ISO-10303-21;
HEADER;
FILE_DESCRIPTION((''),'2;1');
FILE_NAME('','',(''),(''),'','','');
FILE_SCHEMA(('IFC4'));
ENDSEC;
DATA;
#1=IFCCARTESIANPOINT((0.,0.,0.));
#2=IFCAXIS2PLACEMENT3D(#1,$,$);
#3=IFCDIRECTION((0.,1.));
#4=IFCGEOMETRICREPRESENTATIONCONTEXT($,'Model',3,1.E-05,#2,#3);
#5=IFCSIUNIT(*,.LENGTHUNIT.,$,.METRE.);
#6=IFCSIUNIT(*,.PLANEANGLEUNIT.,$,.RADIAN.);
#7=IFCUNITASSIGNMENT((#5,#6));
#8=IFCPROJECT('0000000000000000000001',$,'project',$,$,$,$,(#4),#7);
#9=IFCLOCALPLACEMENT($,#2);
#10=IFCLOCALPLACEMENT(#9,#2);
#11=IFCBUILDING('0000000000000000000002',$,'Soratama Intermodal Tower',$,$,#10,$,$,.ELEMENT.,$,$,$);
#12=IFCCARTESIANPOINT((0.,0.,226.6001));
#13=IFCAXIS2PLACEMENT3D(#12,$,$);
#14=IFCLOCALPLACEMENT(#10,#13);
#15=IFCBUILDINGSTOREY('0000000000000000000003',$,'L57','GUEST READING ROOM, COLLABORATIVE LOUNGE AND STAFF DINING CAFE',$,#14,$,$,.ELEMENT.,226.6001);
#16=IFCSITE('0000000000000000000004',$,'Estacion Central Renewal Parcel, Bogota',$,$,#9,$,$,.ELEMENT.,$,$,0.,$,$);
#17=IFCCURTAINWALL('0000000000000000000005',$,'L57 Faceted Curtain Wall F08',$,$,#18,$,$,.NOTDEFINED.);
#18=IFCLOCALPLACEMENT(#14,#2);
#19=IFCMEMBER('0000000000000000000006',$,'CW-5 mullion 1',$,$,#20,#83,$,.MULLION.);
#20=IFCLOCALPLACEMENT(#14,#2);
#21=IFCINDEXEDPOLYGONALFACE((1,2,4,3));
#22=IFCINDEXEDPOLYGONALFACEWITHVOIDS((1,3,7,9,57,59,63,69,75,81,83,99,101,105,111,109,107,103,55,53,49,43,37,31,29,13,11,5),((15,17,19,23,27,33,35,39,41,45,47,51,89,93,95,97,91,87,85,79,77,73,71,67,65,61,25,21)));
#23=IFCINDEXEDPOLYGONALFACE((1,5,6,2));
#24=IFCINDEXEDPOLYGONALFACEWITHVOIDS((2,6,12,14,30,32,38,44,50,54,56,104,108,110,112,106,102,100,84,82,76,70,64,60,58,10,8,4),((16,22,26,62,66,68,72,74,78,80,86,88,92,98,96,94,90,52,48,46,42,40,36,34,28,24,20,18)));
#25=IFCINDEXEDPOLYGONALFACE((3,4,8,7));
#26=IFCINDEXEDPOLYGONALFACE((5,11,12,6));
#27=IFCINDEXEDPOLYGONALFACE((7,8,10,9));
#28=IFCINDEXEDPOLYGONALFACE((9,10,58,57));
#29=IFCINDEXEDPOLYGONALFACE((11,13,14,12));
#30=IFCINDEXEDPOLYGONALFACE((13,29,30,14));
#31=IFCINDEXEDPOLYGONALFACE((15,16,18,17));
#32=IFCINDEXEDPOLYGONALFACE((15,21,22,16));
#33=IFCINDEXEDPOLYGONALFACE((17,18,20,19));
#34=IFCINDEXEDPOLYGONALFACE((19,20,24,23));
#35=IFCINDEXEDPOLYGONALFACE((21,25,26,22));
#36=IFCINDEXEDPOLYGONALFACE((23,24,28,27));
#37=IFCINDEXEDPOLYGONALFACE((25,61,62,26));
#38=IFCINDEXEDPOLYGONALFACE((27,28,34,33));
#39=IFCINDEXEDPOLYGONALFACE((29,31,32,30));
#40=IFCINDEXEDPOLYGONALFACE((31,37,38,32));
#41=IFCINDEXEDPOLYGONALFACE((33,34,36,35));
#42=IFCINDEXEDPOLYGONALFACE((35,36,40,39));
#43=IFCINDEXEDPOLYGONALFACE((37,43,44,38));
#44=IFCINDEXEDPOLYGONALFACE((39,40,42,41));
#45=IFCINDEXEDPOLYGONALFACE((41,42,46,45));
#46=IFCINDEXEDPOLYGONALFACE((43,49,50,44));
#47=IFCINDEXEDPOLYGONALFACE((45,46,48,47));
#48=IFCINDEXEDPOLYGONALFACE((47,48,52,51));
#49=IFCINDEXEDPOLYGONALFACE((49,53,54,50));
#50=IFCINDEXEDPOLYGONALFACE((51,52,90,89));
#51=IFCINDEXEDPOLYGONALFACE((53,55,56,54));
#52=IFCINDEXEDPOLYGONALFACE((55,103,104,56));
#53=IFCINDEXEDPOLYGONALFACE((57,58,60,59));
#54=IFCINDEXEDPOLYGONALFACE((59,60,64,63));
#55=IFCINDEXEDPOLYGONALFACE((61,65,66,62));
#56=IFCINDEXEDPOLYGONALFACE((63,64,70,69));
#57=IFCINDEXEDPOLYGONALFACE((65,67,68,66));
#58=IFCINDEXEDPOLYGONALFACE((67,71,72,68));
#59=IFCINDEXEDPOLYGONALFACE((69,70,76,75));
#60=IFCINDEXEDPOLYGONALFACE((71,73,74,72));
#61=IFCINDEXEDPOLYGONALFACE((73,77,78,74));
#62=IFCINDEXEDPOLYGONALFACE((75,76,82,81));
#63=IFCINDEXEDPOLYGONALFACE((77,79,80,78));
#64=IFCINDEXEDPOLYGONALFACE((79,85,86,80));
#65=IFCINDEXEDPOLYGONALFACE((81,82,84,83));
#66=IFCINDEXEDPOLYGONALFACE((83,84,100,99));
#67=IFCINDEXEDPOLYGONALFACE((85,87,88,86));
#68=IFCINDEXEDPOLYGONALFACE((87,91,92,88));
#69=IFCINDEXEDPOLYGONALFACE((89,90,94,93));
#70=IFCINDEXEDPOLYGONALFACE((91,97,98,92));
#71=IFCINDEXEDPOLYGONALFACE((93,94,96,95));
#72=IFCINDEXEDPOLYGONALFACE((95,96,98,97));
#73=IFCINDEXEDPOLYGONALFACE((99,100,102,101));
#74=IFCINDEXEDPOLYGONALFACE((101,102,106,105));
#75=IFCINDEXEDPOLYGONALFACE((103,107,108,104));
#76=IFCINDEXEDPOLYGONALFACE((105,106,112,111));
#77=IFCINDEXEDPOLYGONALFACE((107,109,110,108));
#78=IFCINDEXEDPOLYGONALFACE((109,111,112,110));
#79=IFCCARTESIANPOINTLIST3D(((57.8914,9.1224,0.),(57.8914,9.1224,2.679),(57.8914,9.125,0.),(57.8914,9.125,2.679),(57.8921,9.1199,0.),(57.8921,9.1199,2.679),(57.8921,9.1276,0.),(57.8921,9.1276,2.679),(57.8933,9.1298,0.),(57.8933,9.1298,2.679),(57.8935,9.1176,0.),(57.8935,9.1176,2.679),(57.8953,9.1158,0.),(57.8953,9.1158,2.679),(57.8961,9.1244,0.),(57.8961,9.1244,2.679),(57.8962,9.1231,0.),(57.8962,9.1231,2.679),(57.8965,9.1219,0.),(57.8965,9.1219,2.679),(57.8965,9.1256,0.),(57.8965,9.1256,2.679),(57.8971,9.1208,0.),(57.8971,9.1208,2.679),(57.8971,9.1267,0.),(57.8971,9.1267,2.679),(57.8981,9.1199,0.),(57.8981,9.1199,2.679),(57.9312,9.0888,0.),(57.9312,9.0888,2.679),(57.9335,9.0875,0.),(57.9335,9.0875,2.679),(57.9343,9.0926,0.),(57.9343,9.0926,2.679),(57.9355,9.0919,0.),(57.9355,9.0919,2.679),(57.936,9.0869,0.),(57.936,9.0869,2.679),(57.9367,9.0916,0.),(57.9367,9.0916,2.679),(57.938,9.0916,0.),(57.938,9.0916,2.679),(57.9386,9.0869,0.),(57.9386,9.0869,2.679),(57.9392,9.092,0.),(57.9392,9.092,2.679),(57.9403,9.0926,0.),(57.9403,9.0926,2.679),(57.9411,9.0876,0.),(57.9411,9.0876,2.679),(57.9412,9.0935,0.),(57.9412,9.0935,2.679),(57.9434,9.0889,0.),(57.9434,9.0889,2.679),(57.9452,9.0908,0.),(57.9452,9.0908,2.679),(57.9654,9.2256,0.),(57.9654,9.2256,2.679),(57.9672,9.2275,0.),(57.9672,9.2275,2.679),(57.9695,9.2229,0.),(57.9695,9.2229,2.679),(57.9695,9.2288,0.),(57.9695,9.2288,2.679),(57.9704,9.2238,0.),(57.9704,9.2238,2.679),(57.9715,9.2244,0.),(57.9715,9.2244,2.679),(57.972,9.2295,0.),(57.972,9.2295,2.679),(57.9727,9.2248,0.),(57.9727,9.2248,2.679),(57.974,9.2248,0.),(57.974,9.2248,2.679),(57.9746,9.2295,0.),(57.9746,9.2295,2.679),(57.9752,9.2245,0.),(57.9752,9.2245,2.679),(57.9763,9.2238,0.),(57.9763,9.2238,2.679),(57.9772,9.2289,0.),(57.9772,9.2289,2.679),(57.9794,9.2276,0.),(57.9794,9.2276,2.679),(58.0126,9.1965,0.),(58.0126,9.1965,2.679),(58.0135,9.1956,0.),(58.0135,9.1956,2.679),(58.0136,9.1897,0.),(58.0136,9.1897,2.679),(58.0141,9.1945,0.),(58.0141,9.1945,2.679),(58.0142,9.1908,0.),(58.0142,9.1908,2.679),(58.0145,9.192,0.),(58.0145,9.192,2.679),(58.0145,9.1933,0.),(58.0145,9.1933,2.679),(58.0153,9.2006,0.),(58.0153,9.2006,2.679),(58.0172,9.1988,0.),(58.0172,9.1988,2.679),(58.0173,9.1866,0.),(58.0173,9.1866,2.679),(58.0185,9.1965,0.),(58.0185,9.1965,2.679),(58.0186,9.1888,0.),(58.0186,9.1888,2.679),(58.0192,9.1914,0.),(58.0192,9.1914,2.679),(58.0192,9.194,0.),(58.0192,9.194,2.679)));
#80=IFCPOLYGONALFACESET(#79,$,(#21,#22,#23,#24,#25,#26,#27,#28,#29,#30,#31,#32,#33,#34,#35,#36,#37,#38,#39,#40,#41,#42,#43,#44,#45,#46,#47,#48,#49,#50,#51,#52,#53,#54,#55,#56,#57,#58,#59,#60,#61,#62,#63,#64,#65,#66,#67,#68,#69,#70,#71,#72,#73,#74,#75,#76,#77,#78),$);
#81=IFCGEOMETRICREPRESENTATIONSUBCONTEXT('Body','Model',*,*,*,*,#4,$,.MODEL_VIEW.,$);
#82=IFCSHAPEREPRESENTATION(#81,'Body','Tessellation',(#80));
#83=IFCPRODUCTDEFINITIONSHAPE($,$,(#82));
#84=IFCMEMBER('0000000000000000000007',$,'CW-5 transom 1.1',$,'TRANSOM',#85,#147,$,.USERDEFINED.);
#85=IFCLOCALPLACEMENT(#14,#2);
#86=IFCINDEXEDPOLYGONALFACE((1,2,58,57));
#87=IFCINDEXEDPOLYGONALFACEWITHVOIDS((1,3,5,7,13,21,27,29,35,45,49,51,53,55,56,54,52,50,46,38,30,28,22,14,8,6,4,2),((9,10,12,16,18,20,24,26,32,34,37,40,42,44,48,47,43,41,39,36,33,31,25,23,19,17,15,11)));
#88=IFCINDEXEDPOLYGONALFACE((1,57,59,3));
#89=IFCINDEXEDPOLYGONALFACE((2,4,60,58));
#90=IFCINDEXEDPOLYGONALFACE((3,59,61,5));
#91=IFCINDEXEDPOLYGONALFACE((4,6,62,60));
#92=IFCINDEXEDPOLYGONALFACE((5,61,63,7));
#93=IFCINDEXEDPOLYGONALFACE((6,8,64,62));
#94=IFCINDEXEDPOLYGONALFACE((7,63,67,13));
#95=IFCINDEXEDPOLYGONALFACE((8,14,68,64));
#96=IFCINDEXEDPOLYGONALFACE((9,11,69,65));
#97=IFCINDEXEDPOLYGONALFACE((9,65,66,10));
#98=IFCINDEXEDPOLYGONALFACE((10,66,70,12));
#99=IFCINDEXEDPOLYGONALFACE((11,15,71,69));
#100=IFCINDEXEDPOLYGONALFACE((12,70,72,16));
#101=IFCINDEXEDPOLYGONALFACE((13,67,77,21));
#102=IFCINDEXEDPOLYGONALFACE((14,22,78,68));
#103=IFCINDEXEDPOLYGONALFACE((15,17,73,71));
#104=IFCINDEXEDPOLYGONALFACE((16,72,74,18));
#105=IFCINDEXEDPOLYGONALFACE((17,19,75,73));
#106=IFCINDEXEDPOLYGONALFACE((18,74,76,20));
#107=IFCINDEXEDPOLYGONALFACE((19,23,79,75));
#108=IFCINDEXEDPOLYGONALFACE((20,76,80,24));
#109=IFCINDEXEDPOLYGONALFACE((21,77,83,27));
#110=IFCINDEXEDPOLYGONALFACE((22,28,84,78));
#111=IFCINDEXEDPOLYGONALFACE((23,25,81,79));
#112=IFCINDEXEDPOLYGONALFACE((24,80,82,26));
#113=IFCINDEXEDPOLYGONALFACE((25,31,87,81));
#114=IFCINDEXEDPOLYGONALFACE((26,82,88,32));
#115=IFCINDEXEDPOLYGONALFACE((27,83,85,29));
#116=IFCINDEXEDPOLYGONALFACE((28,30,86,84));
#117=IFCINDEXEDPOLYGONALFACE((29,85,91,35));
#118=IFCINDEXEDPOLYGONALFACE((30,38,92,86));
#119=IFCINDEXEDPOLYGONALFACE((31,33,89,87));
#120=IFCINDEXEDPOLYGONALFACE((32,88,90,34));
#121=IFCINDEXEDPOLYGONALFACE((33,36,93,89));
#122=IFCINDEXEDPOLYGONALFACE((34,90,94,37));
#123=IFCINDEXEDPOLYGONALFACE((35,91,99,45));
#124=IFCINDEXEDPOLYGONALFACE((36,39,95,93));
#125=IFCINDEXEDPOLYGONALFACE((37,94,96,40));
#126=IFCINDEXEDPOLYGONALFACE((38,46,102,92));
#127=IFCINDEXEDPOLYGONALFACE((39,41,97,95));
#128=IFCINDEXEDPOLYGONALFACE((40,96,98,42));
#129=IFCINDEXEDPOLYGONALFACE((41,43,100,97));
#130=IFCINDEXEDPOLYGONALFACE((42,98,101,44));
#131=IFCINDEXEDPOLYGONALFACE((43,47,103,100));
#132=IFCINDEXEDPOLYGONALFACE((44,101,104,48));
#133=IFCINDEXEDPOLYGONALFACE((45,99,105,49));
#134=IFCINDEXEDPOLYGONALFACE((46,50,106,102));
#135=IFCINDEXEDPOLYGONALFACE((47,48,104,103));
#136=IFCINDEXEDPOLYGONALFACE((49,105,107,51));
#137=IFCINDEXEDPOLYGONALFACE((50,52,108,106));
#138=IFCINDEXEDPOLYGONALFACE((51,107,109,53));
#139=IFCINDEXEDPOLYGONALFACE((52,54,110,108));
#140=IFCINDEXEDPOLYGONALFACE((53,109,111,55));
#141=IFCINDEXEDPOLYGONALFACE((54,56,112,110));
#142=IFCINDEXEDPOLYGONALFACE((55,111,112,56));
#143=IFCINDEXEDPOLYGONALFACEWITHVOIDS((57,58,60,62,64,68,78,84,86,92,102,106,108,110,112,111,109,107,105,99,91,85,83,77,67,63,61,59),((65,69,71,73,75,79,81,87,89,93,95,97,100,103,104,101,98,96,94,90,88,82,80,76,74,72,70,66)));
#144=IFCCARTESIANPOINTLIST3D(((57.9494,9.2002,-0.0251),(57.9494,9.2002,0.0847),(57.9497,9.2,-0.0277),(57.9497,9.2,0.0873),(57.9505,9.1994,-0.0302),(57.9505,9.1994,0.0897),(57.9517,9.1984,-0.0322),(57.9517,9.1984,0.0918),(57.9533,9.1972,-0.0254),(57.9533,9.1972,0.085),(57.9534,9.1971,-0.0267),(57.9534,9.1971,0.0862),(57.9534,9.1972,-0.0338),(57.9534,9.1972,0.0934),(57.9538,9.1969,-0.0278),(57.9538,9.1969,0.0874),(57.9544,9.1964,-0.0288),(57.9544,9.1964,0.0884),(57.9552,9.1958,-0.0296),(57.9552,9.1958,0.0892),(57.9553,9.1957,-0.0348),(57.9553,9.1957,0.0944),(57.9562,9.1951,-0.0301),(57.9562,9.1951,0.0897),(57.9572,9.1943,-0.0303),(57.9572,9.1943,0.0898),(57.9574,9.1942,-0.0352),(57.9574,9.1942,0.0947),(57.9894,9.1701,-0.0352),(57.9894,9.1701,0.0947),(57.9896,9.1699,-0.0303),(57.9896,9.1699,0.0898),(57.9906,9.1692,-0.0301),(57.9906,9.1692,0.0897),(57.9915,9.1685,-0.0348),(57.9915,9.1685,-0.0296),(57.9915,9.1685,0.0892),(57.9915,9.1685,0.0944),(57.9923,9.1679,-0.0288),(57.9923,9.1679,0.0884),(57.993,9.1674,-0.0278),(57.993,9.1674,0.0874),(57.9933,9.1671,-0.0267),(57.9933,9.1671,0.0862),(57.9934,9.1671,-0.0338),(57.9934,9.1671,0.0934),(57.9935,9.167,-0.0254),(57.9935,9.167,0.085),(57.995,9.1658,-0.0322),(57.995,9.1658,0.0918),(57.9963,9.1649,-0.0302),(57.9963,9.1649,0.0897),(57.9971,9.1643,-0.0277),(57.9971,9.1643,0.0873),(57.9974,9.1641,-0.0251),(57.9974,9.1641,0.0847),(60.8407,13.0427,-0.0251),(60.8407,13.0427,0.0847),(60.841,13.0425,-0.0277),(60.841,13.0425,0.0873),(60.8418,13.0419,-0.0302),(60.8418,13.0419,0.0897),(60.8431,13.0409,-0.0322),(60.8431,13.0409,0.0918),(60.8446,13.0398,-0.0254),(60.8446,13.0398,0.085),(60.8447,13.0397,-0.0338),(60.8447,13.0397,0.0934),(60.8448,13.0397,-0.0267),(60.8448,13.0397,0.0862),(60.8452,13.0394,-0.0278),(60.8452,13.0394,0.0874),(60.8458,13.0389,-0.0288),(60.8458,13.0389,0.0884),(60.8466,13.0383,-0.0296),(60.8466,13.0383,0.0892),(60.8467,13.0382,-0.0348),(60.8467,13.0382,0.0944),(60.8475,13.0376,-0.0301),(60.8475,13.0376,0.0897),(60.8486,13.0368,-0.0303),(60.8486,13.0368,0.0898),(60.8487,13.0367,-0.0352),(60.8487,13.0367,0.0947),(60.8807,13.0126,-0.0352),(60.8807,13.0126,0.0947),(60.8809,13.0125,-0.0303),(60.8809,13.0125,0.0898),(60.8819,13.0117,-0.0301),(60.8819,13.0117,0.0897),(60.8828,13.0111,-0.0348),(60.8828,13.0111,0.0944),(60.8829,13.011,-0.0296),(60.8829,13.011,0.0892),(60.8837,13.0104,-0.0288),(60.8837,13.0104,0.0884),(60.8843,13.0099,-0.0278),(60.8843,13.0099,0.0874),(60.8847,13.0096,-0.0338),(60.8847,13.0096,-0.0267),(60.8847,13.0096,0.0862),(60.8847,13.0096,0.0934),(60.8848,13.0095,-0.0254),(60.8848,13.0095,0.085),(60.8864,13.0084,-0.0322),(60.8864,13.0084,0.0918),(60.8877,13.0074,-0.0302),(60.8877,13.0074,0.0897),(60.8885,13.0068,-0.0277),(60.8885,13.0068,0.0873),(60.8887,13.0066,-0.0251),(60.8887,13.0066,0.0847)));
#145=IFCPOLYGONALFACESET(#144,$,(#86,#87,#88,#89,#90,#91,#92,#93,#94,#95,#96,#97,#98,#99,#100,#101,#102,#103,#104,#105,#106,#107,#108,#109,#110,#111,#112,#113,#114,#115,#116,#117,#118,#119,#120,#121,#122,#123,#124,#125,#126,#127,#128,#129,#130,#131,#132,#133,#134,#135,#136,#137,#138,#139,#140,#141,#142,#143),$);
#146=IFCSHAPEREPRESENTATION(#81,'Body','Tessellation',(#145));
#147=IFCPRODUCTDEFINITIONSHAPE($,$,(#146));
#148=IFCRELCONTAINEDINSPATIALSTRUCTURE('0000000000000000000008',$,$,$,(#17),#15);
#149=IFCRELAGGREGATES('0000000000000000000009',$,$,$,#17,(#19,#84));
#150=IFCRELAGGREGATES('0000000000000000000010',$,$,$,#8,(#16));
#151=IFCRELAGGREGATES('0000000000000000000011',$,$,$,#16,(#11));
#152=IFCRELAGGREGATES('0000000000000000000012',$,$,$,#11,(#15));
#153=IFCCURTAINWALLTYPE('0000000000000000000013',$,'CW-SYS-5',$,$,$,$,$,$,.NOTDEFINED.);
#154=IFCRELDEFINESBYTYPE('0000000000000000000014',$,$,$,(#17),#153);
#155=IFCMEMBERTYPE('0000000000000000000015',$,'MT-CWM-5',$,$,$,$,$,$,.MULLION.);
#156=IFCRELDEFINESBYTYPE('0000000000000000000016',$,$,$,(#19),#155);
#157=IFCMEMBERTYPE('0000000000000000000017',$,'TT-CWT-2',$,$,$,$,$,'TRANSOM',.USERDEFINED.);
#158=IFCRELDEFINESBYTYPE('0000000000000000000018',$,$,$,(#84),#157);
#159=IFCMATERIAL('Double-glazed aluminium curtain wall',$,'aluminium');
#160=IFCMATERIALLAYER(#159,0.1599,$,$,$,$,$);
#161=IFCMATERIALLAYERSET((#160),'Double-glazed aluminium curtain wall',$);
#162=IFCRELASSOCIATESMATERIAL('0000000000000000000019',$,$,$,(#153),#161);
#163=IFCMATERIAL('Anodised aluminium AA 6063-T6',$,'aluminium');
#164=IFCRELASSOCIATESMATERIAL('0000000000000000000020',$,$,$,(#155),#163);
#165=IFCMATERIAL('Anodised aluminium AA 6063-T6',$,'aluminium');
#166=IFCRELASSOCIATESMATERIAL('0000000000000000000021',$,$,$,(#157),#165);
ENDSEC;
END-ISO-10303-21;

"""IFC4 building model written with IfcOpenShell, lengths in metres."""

from ifc_helpers import new_model, si_unit, direction, frame, origin, origin_2d, place, context, subcontext, project, spatial, hollow_rectangle, extrude, material, layer, layer_set, material_profile, profile_set, type_object, element, aggregate, save


model = new_model("IFC4")

# Units and contexts
model_context = context("Model", 3, precision=1e-05, world=origin(), true_north=direction((0.0, 1.0)))
body_context = subcontext(model_context, "Body", "Model", "MODEL_VIEW")
ifc_project = project(units=[si_unit("LENGTHUNIT", "METRE"), si_unit("PLANEANGLEUNIT", "RADIAN")], contexts=[model_context])

# Site, building, storey
site_placement = place(None, origin())
site = spatial("IfcSite", under=ifc_project, at=site_placement, Name="Estacion Central Renewal Parcel, Bogota", CompositionType="ELEMENT", RefElevation=0.0)
building_placement = place(site_placement, origin())
building = spatial("IfcBuilding", under=site, at=building_placement, Name="Soratama Intermodal Tower", CompositionType="ELEMENT")
storey_placement = place(building_placement, frame((0.0, 0.0, 226.6001)))
storey = spatial("IfcBuildingStorey", under=building, at=storey_placement, Name="L57", Description="GUEST READING ROOM, COLLABORATIVE LOUNGE AND STAFF DINING CAFE", CompositionType="ELEMENT", Elevation=226.6001)

# Curtain wall, members
ifc_material_1 = material(Name="Double-glazed aluminium curtain wall", Category="aluminium")
ifc_layer_1 = layer(ifc_material_1, 0.1599)
ifc_layer_set_1 = layer_set([ifc_layer_1], Name="Double-glazed aluminium curtain wall")
curtain_wall_type = type_object("IfcCurtainWallType", Name="CW-SYS-5", PredefinedType="NOTDEFINED", material=ifc_layer_set_1)
curtain_wall_placement = place(storey_placement, origin())
curtain_wall = element("IfcCurtainWall", 1, at=curtain_wall_placement, inside=storey, type_object=curtain_wall_type, Name="L57 Faceted Curtain Wall F08", PredefinedType="NOTDEFINED")
ifc_material_2 = material(Name="Anodised aluminium AA 6063-T6", Category="aluminium")
ifc_material_profile_1 = material_profile(ifc_material_2, hollow_rectangle(XDim=0.0649, YDim=0.1399, WallThickness=0.0049, InnerFilletRadius=0.0049, OuterFilletRadius=0.01, at=origin_2d()), Name="CWM140X65X5")
ifc_profile_set_1 = profile_set([ifc_material_profile_1], Name="Anodised aluminium AA 6063-T6")
member_type_1 = type_object("IfcMemberType", Name="MT-CWM-5", PredefinedType="MULLION", material=ifc_profile_set_1)
member_1_placement = place(storey_placement, frame((57.9553, 9.1582, 0.0), z_axis=(0.0, 0.0, 1.0), x_axis=(-0.799052, 0.601262, 0.0)))
member_1 = element("IfcMember", 2, at=member_1_placement, type_object=member_type_1, Name="CW-5 mullion 1", PredefinedType="MULLION", context=body_context, shape_type="SweptSolid", body=[
    extrude(hollow_rectangle(XDim=0.0649, YDim=0.1399, WallThickness=0.0049, InnerFilletRadius=0.0049, OuterFilletRadius=0.01, at=origin_2d()), origin(), (0.0, 0.0, 1.0), 2.679),
])
ifc_material_3 = material(Name="Anodised aluminium AA 6063-T6", Category="aluminium")
ifc_material_profile_2 = material_profile(ifc_material_3, hollow_rectangle(XDim=0.0601, YDim=0.1299, WallThickness=0.0049, InnerFilletRadius=0.0049, OuterFilletRadius=0.01, at=origin_2d()), Name="CWT130X60X5")
ifc_profile_set_2 = profile_set([ifc_material_profile_2], Name="Anodised aluminium AA 6063-T6")
member_type_2 = type_object("IfcMemberType", Name="TT-CWT-2", ElementType="TRANSOM", PredefinedType="USERDEFINED", material=ifc_profile_set_2)
member_2_placement = place(storey_placement, frame((57.9734, 9.1821, 0.0298), z_axis=(0.601258, 0.799055, 0.0), x_axis=(-0.799055, 0.601258, 0.0)))
member_2 = element("IfcMember", 3, at=member_2_placement, type_object=member_type_2, Name="CW-5 transom 1.1", ObjectType="TRANSOM", PredefinedType="USERDEFINED", context=body_context, shape_type="SweptSolid", body=[
    extrude(hollow_rectangle(XDim=0.0601, YDim=0.1299, WallThickness=0.0049, InnerFilletRadius=0.0049, OuterFilletRadius=0.01, at=origin_2d()), origin(), (0.0, 0.0, 1.0), 4.8088),
])
aggregate(curtain_wall, [member_1, member_2])

save(model, "model.ifc")
